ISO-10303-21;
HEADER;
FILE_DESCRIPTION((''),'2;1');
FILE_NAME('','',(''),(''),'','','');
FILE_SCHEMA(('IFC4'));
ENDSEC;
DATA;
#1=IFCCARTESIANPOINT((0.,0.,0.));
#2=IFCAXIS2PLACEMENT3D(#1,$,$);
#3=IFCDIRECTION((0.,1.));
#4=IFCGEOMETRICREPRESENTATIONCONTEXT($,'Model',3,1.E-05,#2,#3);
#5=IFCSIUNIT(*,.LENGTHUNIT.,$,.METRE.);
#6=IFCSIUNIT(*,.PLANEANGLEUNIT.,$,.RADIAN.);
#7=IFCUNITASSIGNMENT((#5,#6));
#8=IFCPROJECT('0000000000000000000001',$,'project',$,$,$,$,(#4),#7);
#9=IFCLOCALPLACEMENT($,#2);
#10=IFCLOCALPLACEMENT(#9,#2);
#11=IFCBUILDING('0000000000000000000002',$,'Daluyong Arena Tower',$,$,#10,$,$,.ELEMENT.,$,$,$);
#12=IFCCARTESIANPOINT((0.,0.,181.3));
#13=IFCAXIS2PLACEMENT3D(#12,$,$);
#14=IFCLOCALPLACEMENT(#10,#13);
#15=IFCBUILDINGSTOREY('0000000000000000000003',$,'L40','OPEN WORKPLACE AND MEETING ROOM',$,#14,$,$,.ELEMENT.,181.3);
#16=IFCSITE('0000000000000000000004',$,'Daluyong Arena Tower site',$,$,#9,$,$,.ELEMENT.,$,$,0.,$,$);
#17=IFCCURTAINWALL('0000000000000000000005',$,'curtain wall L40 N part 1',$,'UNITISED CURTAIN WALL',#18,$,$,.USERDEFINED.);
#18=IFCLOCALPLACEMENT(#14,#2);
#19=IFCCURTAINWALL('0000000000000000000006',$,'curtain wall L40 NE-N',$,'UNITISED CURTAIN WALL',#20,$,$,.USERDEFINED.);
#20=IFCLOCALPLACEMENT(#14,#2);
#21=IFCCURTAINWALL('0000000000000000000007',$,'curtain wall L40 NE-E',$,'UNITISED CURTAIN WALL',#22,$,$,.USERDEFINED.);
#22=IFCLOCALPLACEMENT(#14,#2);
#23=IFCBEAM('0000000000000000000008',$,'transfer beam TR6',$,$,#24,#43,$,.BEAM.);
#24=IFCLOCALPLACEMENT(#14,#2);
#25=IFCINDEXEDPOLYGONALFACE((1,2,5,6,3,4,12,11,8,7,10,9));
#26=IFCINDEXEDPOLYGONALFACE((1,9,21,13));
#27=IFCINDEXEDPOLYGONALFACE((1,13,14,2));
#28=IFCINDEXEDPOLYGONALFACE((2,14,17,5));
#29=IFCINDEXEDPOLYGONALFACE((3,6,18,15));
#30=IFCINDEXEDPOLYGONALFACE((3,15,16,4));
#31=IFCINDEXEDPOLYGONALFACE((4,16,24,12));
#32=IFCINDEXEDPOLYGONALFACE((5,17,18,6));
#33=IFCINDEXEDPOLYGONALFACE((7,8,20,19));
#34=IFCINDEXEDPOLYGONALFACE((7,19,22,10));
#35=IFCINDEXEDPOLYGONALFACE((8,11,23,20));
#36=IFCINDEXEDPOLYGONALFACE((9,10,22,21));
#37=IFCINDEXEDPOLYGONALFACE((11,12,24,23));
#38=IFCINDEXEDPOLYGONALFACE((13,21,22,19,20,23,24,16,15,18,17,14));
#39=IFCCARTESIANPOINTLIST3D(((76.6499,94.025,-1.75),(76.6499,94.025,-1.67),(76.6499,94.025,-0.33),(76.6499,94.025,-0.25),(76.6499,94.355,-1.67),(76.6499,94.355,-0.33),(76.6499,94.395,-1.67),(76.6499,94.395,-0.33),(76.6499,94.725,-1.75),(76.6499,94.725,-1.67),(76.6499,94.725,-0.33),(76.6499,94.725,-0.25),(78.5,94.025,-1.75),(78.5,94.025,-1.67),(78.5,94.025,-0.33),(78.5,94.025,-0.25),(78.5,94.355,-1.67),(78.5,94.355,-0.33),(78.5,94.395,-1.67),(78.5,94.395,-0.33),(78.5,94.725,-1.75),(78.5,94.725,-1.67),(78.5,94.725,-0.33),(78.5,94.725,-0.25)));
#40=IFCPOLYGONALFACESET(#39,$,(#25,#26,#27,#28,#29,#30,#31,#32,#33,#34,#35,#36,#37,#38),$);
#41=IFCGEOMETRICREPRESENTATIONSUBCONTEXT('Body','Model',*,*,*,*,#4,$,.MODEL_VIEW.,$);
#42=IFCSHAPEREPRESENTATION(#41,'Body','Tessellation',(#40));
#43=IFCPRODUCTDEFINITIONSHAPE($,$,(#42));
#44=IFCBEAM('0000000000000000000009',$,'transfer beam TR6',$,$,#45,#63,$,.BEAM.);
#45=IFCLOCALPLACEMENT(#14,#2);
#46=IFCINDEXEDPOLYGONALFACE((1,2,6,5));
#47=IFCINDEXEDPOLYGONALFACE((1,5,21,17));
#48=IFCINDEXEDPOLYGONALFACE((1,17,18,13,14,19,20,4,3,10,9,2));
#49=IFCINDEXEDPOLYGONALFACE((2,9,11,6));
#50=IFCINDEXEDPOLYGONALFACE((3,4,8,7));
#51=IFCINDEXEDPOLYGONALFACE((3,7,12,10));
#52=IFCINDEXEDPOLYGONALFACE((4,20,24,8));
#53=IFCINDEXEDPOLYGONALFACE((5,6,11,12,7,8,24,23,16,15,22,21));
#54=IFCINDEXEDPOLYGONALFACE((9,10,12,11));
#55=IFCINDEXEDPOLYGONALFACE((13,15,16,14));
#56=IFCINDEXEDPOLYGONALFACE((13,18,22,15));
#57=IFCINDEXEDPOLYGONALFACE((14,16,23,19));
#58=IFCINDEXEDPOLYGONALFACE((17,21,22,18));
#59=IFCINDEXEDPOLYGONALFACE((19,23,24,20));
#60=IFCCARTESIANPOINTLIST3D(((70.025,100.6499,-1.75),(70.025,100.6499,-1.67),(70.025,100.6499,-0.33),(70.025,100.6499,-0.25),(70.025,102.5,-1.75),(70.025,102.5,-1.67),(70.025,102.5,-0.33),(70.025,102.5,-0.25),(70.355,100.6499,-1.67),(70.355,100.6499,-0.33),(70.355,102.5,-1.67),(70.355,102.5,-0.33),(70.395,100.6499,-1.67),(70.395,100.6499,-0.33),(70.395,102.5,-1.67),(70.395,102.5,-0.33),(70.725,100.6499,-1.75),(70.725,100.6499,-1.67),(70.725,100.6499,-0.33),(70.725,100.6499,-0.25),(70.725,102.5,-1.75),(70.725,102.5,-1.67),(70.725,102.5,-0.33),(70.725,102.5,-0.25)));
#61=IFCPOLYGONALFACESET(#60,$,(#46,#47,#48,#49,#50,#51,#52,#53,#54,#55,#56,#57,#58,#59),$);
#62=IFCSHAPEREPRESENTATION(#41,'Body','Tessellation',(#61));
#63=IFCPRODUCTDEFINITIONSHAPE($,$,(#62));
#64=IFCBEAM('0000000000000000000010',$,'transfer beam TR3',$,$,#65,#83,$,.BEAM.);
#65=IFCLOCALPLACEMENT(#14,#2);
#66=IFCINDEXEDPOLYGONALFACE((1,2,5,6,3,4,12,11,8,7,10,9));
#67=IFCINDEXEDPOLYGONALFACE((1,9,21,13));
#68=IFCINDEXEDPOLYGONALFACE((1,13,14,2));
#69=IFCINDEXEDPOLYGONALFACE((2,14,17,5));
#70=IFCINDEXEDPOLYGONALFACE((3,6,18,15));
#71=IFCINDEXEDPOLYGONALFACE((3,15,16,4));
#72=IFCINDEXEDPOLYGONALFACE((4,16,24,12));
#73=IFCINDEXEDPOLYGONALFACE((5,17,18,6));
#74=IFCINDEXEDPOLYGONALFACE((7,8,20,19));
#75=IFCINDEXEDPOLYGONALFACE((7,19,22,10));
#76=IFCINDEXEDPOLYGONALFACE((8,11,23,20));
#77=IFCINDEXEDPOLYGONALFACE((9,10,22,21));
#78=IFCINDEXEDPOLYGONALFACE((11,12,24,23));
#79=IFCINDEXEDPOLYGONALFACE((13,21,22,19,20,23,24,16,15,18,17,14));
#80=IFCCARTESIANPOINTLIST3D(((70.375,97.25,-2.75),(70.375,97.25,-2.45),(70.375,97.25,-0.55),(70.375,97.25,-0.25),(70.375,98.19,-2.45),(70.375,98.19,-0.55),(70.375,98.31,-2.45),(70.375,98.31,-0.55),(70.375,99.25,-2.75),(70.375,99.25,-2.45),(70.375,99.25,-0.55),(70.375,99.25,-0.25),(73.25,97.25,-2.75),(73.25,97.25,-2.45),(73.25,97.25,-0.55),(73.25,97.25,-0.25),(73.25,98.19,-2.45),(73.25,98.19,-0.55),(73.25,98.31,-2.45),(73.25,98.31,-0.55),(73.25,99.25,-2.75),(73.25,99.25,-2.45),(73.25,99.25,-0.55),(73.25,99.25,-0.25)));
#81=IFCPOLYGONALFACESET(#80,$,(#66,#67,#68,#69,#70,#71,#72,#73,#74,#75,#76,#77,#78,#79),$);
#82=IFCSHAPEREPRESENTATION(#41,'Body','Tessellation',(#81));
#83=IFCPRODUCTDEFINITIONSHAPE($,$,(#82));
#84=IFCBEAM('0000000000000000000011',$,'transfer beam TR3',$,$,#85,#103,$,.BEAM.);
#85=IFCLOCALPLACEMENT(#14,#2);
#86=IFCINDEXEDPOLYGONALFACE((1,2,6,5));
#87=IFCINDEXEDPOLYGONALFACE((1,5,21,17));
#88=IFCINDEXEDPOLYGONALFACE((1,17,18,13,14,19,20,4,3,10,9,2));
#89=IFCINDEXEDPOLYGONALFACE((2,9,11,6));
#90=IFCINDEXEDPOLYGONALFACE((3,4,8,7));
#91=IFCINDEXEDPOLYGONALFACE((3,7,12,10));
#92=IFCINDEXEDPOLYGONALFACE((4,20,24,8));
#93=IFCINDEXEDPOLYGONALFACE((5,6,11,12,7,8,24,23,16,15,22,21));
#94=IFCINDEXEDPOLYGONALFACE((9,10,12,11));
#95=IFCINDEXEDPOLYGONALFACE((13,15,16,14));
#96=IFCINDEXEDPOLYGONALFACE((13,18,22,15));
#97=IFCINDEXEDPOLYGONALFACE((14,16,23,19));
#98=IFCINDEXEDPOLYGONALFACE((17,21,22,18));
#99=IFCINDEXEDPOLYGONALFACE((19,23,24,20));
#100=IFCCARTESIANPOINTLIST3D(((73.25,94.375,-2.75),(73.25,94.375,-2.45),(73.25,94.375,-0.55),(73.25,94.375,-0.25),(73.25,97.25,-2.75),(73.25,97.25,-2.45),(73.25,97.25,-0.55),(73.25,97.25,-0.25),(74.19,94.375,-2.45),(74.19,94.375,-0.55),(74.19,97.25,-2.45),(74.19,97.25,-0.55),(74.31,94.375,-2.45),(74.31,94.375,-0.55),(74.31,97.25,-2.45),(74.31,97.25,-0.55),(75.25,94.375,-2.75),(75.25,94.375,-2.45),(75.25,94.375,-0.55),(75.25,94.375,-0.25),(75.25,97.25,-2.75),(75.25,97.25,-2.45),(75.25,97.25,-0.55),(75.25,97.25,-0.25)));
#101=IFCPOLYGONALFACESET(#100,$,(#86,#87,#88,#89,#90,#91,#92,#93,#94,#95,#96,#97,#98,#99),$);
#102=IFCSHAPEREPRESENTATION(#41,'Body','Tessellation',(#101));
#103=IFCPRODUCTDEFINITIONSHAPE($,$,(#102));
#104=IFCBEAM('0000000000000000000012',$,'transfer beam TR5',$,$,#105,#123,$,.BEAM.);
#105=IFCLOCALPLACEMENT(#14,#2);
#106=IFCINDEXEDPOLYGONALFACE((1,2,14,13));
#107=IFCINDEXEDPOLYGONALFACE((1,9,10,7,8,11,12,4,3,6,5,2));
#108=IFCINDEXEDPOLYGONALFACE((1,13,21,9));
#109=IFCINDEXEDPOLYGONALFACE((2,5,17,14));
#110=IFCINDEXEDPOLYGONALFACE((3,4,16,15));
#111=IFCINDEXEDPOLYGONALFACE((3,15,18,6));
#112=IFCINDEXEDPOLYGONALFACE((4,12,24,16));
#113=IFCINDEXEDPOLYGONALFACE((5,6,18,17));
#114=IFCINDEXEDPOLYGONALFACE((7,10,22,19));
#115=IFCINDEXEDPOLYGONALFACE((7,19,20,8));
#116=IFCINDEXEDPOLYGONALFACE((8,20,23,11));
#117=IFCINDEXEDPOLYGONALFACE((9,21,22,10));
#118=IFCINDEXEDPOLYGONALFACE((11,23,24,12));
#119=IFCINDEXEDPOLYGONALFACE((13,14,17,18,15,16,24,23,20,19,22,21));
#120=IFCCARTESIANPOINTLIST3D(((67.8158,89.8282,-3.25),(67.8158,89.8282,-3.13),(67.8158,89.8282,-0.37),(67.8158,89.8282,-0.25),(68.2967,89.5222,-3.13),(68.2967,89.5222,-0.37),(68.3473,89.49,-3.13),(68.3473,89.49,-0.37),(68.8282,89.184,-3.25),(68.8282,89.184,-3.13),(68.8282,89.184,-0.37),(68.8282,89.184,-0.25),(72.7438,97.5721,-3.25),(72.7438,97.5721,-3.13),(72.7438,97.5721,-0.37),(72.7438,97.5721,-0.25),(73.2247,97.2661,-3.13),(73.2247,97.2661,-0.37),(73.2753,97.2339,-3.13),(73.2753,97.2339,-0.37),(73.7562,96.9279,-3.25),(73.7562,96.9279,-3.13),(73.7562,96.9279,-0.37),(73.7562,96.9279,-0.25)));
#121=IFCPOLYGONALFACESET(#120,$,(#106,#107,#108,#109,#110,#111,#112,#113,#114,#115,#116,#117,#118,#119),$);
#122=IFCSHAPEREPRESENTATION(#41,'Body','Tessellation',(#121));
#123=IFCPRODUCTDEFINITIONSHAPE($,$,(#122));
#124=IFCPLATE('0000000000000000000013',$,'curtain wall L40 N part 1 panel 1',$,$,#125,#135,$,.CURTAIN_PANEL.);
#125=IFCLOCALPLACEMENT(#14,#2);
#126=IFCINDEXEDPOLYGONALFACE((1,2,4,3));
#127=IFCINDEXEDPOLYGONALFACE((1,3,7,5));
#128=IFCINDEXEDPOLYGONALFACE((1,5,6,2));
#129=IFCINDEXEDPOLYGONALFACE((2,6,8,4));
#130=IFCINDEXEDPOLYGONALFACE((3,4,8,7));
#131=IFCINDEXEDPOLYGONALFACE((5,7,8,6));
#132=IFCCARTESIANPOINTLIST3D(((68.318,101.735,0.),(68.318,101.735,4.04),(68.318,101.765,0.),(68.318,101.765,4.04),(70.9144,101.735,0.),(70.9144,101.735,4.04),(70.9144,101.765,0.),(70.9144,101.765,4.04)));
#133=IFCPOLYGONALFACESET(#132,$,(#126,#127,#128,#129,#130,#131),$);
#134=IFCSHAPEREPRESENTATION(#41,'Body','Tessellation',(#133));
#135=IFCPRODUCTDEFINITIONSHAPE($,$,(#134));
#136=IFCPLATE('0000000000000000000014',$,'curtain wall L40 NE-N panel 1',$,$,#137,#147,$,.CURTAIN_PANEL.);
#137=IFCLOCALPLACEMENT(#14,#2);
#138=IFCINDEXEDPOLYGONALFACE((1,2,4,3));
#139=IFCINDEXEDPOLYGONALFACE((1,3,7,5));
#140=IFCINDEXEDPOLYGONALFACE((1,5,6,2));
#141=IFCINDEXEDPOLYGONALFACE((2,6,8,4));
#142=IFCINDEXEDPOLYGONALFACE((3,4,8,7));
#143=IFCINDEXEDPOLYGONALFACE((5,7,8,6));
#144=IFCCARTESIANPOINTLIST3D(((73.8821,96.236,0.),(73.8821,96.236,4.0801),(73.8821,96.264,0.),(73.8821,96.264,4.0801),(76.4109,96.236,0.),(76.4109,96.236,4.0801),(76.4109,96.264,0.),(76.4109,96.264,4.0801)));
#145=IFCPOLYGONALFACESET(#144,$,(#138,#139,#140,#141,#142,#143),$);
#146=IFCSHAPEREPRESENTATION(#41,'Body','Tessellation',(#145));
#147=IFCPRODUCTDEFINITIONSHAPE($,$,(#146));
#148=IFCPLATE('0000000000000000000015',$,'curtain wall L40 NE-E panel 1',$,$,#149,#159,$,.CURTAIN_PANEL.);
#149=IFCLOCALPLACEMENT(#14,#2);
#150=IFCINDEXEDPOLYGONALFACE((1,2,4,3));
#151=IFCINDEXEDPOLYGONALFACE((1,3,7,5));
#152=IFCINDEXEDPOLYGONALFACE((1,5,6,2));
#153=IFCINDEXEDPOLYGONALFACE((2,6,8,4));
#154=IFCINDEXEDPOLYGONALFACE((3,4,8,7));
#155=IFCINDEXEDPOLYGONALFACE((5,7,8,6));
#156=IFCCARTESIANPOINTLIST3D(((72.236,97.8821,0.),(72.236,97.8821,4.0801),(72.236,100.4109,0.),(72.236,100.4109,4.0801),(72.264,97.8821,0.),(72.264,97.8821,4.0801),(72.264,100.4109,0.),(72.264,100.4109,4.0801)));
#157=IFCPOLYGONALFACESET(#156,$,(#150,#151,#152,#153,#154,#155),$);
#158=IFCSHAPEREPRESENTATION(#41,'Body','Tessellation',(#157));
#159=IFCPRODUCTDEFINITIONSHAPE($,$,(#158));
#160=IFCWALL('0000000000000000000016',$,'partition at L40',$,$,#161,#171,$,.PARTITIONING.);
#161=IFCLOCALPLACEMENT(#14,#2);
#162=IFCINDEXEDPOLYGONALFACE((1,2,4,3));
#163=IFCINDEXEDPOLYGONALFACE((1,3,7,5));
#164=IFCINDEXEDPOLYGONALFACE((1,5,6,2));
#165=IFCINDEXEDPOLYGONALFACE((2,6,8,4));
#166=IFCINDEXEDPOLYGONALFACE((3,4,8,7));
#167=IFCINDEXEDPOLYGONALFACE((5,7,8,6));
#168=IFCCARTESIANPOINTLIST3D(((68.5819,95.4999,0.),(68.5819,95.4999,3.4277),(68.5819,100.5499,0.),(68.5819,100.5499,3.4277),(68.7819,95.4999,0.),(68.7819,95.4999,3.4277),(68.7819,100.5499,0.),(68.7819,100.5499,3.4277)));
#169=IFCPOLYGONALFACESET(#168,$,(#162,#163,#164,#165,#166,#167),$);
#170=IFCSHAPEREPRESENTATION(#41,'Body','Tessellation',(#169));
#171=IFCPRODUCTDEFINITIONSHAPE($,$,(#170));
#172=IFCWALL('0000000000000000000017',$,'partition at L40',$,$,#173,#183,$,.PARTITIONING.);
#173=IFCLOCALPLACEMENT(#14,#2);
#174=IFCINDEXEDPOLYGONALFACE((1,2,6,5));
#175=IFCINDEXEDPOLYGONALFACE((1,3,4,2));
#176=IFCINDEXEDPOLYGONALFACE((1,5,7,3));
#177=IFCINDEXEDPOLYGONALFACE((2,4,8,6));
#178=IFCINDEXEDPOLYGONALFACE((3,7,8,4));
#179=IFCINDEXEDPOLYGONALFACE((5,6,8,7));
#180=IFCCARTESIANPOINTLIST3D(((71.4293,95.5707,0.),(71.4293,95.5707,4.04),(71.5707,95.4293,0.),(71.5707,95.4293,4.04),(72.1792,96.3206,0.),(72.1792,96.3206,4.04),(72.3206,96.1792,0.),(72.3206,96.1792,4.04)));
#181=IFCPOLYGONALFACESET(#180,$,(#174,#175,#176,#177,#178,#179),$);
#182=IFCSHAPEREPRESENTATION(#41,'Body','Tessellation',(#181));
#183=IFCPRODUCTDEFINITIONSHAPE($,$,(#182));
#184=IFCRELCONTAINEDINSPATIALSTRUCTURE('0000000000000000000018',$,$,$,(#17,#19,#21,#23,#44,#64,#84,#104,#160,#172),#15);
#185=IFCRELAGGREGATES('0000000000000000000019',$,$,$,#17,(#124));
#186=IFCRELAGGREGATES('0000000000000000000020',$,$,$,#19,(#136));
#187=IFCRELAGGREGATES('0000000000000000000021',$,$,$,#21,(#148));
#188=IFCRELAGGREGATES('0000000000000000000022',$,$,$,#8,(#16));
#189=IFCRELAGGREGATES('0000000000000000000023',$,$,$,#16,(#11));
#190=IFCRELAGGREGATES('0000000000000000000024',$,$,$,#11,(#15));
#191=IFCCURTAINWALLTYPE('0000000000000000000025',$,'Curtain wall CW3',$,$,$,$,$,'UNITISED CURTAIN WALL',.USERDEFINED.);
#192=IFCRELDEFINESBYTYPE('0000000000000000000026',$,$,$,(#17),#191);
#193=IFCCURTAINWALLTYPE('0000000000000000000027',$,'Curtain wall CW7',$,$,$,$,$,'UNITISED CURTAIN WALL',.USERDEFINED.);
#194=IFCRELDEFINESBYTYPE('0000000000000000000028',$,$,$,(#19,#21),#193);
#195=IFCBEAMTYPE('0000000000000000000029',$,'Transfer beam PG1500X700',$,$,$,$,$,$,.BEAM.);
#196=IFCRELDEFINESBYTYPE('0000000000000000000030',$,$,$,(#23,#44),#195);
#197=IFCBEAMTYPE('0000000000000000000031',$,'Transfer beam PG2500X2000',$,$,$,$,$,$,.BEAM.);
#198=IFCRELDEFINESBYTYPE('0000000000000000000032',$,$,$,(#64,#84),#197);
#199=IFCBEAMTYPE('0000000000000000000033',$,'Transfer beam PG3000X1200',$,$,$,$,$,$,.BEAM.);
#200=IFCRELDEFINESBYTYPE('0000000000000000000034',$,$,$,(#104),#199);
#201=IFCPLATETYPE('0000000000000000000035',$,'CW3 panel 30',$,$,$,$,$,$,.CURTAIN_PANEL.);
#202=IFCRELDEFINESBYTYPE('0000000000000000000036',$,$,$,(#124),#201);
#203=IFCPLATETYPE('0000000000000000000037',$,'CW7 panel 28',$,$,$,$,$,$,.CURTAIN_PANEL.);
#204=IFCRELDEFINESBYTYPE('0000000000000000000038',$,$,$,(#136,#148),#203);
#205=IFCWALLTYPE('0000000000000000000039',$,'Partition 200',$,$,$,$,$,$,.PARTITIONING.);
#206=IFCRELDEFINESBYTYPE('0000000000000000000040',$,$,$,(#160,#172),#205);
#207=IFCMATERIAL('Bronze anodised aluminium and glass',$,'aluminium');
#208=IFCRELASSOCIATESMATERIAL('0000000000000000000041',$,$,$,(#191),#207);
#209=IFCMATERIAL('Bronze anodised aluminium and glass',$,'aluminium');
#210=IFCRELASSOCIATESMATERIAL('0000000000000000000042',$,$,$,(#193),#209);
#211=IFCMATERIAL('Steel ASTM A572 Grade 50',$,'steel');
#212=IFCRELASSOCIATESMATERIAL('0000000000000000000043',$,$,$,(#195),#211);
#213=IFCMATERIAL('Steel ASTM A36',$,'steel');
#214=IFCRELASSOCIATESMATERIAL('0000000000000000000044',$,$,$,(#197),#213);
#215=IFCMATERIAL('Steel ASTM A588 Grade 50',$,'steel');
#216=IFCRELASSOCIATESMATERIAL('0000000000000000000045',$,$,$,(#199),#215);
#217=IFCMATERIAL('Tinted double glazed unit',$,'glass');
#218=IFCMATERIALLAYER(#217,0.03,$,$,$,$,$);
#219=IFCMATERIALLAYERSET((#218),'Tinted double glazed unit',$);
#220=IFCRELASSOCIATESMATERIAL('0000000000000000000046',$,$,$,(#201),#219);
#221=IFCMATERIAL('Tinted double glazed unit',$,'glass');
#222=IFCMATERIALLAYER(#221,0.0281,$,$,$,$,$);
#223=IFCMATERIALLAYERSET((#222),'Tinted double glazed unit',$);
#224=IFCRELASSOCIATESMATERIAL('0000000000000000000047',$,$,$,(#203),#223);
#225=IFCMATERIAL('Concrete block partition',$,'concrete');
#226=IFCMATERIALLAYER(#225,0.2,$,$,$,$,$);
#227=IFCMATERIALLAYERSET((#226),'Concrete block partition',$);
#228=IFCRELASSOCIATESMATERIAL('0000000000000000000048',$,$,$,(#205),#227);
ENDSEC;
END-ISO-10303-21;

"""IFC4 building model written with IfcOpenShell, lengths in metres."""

from ifc_helpers import new_model, si_unit, direction, frame, frame_2d, origin, origin_2d, place, context, subcontext, project, spatial, rectangle, i_section, extrude, material, layer, layer_set, material_profile, profile_set, type_object, element, aggregate, save


model = new_model("IFC4")

# Units and contexts
model_context = context("Model", 3, precision=1e-05, world=origin(), true_north=direction((0.0, 1.0)))
body_context = subcontext(model_context, "Body", "Model", "MODEL_VIEW")
ifc_project = project(units=[si_unit("LENGTHUNIT", "METRE"), si_unit("PLANEANGLEUNIT", "RADIAN")], contexts=[model_context])

# Site, building, storey
site_placement = place(None, origin())
site = spatial("IfcSite", under=ifc_project, at=site_placement, Name="Daluyong Arena Tower site", CompositionType="ELEMENT", RefElevation=0.0)
building_placement = place(site_placement, origin())
building = spatial("IfcBuilding", under=site, at=building_placement, Name="Daluyong Arena Tower", CompositionType="ELEMENT")
storey_placement = place(building_placement, frame((0.0, 0.0, 181.3)))
storey = spatial("IfcBuildingStorey", under=building, at=storey_placement, Name="L40", Description="OPEN WORKPLACE AND MEETING ROOM", CompositionType="ELEMENT", Elevation=181.3)

# Shared definitions
ifc_material_1 = material(Name="Bronze anodised aluminium and glass", Category="aluminium")
curtain_wall_type_1 = type_object("IfcCurtainWallType", Name="Curtain wall CW3", ElementType="UNITISED CURTAIN WALL", PredefinedType="USERDEFINED", material=ifc_material_1)

# Curtain walls
curtain_wall_1_placement = place(storey_placement, origin())
curtain_wall_1 = element("IfcCurtainWall", 1, at=curtain_wall_1_placement, inside=storey, type_object=curtain_wall_type_1, Name="curtain wall L40 N part 1", ObjectType="UNITISED CURTAIN WALL", PredefinedType="USERDEFINED")
ifc_material_2 = material(Name="Bronze anodised aluminium and glass", Category="aluminium")
curtain_wall_type_2 = type_object("IfcCurtainWallType", Name="Curtain wall CW7", ElementType="UNITISED CURTAIN WALL", PredefinedType="USERDEFINED", material=ifc_material_2)
curtain_wall_2_placement = place(storey_placement, origin())
curtain_wall_2 = element("IfcCurtainWall", 2, at=curtain_wall_2_placement, inside=storey, type_object=curtain_wall_type_2, Name="curtain wall L40 NE-N", ObjectType="UNITISED CURTAIN WALL", PredefinedType="USERDEFINED")
curtain_wall_3_placement = place(storey_placement, origin())
curtain_wall_3 = element("IfcCurtainWall", 3, at=curtain_wall_3_placement, inside=storey, type_object=curtain_wall_type_2, Name="curtain wall L40 NE-E", ObjectType="UNITISED CURTAIN WALL", PredefinedType="USERDEFINED")

# Beams
ifc_material_3 = material(Name="Steel ASTM A572 Grade 50", Category="steel")
ifc_material_profile_1 = material_profile(ifc_material_3, i_section(OverallWidth=0.7, OverallDepth=1.5, WebThickness=0.04, FlangeThickness=0.08, at=origin_2d()))
ifc_profile_set_1 = profile_set([ifc_material_profile_1], Name="Steel ASTM A572 Grade 50")
beam_type_1 = type_object("IfcBeamType", Name="Transfer beam PG1500X700", PredefinedType="BEAM", material=ifc_profile_set_1)
for number, where, z_axis, x_axis, name in (
    (4, (78.5, 94.375, -1.0), (-1.0, 0.0, 0.0), (0.0, -1.0, 0.0), "transfer beam TR6"),
    (5, (70.375, 102.5, -1.0), (0.0, -1.0, 0.0), (1.0, 0.0, 0.0), "transfer beam TR6"),
):
    element("IfcBeam", number, at=place(storey_placement, frame(where, z_axis=z_axis, x_axis=x_axis)), inside=storey, type_object=beam_type_1, Name=name, PredefinedType="BEAM", context=body_context, shape_type="SweptSolid", body=[
        extrude(i_section(OverallWidth=0.7, OverallDepth=1.5, WebThickness=0.04, FlangeThickness=0.08, at=origin_2d()), origin(), (0.0, 0.0, 1.0), 1.8501),
    ])
ifc_material_4 = material(Name="Steel ASTM A36", Category="steel")
ifc_material_profile_2 = material_profile(ifc_material_4, i_section(OverallWidth=2.0, OverallDepth=2.5, WebThickness=0.12, FlangeThickness=0.3, at=origin_2d()))
ifc_profile_set_2 = profile_set([ifc_material_profile_2], Name="Steel ASTM A36")
beam_type_2 = type_object("IfcBeamType", Name="Transfer beam PG2500X2000", PredefinedType="BEAM", material=ifc_profile_set_2)
for number, where, z_axis, x_axis, name in (
    (6, (70.375, 98.25, -1.5), (1.0, 0.0, 0.0), (0.0, 1.0, 0.0), "transfer beam TR3"),
    (7, (74.25, 94.375, -1.5), (0.0, 1.0, 0.0), (-1.0, 0.0, 0.0), "transfer beam TR3"),
):
    element("IfcBeam", number, at=place(storey_placement, frame(where, z_axis=z_axis, x_axis=x_axis)), inside=storey, type_object=beam_type_2, Name=name, PredefinedType="BEAM", context=body_context, shape_type="SweptSolid", body=[
        extrude(i_section(OverallWidth=2.0, OverallDepth=2.5, WebThickness=0.12, FlangeThickness=0.3, at=origin_2d()), origin(), (0.0, 0.0, 1.0), 2.875),
    ])
ifc_material_5 = material(Name="Steel ASTM A588 Grade 50", Category="steel")
ifc_material_profile_3 = material_profile(ifc_material_5, i_section(OverallWidth=1.2, OverallDepth=3.0, WebThickness=0.06, FlangeThickness=0.12, at=origin_2d()))
ifc_profile_set_3 = profile_set([ifc_material_profile_3], Name="Steel ASTM A588 Grade 50")
beam_type_3 = type_object("IfcBeamType", Name="Transfer beam PG3000X1200", PredefinedType="BEAM", material=ifc_profile_set_3)
beam_1_placement = place(storey_placement, frame((73.25, 97.25, -1.75), z_axis=(-0.536879, -0.843659, 0.0), x_axis=(0.843659, -0.536879, 0.0)))
element("IfcBeam", 8, at=beam_1_placement, inside=storey, type_object=beam_type_3, Name="transfer beam TR5", PredefinedType="BEAM", context=body_context, shape_type="SweptSolid", body=[
    extrude(i_section(OverallWidth=1.2, OverallDepth=3.0, WebThickness=0.06, FlangeThickness=0.12, at=origin_2d()), origin(), (0.0, 0.0, 1.0), 9.179),
])

# Plates
ifc_material_6 = material(Name="Tinted double glazed unit", Category="glass")
ifc_layer_1 = layer(ifc_material_6, 0.03)
ifc_layer_set_1 = layer_set([ifc_layer_1], Name="Tinted double glazed unit")
plate_type_1 = type_object("IfcPlateType", Name="CW3 panel 30", PredefinedType="CURTAIN_PANEL", material=ifc_layer_set_1)
plate_1_placement = place(storey_placement, frame((69.6162, 101.75, 0.0), z_axis=(0.0, 0.0, 1.0), x_axis=(-1.0, 0.0, 0.0)))
plate_1 = element("IfcPlate", 9, at=plate_1_placement, type_object=plate_type_1, Name="curtain wall L40 N part 1 panel 1", PredefinedType="CURTAIN_PANEL", context=body_context, shape_type="SweptSolid", body=[
    extrude(rectangle(XDim=2.5964, YDim=0.03, at=origin_2d()), origin(), (0.0, 0.0, 1.0), 4.04),
])
aggregate(curtain_wall_1, [plate_1])
ifc_material_7 = material(Name="Tinted double glazed unit", Category="glass")
ifc_layer_2 = layer(ifc_material_7, 0.0281)
ifc_layer_set_2 = layer_set([ifc_layer_2], Name="Tinted double glazed unit")
plate_type_2 = type_object("IfcPlateType", Name="CW7 panel 28", PredefinedType="CURTAIN_PANEL", material=ifc_layer_set_2)
plate_2_placement = place(storey_placement, frame((75.1465, 96.25, 0.0), z_axis=(0.0, 0.0, 1.0), x_axis=(-1.0, 0.0, 0.0)))
plate_2 = element("IfcPlate", 10, at=plate_2_placement, type_object=plate_type_2, Name="curtain wall L40 NE-N panel 1", PredefinedType="CURTAIN_PANEL", context=body_context, shape_type="SweptSolid", body=[
    extrude(rectangle(XDim=2.5288, YDim=0.0281, at=origin_2d()), origin(), (0.0, 0.0, 1.0), 4.0801),
])
aggregate(curtain_wall_2, [plate_2])
plate_3_placement = place(storey_placement, frame((72.25, 99.1465, 0.0), z_axis=(0.0, 0.0, 1.0), x_axis=(0.0, 1.0, 0.0)))
plate_3 = element("IfcPlate", 11, at=plate_3_placement, type_object=plate_type_2, Name="curtain wall L40 NE-E panel 1", PredefinedType="CURTAIN_PANEL", context=body_context, shape_type="SweptSolid", body=[
    extrude(rectangle(XDim=2.5288, YDim=0.0281, at=origin_2d()), origin(), (0.0, 0.0, 1.0), 4.0801),
])
aggregate(curtain_wall_3, [plate_3])

# Walls
ifc_material_8 = material(Name="Concrete block partition", Category="concrete")
ifc_layer_3 = layer(ifc_material_8, 0.2)
ifc_layer_set_3 = layer_set([ifc_layer_3], Name="Concrete block partition")
wall_type_1 = type_object("IfcWallType", Name="Partition 200", PredefinedType="PARTITIONING", material=ifc_layer_set_3)
wall_1_placement = place(storey_placement, frame((68.6819, 95.5, 0.0), z_axis=(0.0, 0.0, 1.0), x_axis=(0.0, 1.0, 0.0)))
element("IfcWall", 12, at=wall_1_placement, inside=storey, type_object=wall_type_1, Name="partition at L40", PredefinedType="PARTITIONING", context=body_context, shape_type="SweptSolid", body=[
    extrude(rectangle(XDim=5.05, YDim=0.2, at=frame_2d((2.5249, 0.0))), origin(), (0.0, 0.0, 1.0), 3.4277),
])
wall_2_placement = place(storey_placement, frame((71.5, 95.5, 0.0), z_axis=(0.0, 0.0, 1.0), x_axis=(0.707107, 0.707107, 0.0)))
element("IfcWall", 13, at=wall_2_placement, inside=storey, type_object=wall_type_1, Name="partition at L40", PredefinedType="PARTITIONING", context=body_context, shape_type="SweptSolid", body=[
    extrude(rectangle(XDim=1.0605, YDim=0.2, at=frame_2d((0.5303, 0.0))), origin(), (0.0, 0.0, 1.0), 4.04),
])

save(model, "model.ifc")
